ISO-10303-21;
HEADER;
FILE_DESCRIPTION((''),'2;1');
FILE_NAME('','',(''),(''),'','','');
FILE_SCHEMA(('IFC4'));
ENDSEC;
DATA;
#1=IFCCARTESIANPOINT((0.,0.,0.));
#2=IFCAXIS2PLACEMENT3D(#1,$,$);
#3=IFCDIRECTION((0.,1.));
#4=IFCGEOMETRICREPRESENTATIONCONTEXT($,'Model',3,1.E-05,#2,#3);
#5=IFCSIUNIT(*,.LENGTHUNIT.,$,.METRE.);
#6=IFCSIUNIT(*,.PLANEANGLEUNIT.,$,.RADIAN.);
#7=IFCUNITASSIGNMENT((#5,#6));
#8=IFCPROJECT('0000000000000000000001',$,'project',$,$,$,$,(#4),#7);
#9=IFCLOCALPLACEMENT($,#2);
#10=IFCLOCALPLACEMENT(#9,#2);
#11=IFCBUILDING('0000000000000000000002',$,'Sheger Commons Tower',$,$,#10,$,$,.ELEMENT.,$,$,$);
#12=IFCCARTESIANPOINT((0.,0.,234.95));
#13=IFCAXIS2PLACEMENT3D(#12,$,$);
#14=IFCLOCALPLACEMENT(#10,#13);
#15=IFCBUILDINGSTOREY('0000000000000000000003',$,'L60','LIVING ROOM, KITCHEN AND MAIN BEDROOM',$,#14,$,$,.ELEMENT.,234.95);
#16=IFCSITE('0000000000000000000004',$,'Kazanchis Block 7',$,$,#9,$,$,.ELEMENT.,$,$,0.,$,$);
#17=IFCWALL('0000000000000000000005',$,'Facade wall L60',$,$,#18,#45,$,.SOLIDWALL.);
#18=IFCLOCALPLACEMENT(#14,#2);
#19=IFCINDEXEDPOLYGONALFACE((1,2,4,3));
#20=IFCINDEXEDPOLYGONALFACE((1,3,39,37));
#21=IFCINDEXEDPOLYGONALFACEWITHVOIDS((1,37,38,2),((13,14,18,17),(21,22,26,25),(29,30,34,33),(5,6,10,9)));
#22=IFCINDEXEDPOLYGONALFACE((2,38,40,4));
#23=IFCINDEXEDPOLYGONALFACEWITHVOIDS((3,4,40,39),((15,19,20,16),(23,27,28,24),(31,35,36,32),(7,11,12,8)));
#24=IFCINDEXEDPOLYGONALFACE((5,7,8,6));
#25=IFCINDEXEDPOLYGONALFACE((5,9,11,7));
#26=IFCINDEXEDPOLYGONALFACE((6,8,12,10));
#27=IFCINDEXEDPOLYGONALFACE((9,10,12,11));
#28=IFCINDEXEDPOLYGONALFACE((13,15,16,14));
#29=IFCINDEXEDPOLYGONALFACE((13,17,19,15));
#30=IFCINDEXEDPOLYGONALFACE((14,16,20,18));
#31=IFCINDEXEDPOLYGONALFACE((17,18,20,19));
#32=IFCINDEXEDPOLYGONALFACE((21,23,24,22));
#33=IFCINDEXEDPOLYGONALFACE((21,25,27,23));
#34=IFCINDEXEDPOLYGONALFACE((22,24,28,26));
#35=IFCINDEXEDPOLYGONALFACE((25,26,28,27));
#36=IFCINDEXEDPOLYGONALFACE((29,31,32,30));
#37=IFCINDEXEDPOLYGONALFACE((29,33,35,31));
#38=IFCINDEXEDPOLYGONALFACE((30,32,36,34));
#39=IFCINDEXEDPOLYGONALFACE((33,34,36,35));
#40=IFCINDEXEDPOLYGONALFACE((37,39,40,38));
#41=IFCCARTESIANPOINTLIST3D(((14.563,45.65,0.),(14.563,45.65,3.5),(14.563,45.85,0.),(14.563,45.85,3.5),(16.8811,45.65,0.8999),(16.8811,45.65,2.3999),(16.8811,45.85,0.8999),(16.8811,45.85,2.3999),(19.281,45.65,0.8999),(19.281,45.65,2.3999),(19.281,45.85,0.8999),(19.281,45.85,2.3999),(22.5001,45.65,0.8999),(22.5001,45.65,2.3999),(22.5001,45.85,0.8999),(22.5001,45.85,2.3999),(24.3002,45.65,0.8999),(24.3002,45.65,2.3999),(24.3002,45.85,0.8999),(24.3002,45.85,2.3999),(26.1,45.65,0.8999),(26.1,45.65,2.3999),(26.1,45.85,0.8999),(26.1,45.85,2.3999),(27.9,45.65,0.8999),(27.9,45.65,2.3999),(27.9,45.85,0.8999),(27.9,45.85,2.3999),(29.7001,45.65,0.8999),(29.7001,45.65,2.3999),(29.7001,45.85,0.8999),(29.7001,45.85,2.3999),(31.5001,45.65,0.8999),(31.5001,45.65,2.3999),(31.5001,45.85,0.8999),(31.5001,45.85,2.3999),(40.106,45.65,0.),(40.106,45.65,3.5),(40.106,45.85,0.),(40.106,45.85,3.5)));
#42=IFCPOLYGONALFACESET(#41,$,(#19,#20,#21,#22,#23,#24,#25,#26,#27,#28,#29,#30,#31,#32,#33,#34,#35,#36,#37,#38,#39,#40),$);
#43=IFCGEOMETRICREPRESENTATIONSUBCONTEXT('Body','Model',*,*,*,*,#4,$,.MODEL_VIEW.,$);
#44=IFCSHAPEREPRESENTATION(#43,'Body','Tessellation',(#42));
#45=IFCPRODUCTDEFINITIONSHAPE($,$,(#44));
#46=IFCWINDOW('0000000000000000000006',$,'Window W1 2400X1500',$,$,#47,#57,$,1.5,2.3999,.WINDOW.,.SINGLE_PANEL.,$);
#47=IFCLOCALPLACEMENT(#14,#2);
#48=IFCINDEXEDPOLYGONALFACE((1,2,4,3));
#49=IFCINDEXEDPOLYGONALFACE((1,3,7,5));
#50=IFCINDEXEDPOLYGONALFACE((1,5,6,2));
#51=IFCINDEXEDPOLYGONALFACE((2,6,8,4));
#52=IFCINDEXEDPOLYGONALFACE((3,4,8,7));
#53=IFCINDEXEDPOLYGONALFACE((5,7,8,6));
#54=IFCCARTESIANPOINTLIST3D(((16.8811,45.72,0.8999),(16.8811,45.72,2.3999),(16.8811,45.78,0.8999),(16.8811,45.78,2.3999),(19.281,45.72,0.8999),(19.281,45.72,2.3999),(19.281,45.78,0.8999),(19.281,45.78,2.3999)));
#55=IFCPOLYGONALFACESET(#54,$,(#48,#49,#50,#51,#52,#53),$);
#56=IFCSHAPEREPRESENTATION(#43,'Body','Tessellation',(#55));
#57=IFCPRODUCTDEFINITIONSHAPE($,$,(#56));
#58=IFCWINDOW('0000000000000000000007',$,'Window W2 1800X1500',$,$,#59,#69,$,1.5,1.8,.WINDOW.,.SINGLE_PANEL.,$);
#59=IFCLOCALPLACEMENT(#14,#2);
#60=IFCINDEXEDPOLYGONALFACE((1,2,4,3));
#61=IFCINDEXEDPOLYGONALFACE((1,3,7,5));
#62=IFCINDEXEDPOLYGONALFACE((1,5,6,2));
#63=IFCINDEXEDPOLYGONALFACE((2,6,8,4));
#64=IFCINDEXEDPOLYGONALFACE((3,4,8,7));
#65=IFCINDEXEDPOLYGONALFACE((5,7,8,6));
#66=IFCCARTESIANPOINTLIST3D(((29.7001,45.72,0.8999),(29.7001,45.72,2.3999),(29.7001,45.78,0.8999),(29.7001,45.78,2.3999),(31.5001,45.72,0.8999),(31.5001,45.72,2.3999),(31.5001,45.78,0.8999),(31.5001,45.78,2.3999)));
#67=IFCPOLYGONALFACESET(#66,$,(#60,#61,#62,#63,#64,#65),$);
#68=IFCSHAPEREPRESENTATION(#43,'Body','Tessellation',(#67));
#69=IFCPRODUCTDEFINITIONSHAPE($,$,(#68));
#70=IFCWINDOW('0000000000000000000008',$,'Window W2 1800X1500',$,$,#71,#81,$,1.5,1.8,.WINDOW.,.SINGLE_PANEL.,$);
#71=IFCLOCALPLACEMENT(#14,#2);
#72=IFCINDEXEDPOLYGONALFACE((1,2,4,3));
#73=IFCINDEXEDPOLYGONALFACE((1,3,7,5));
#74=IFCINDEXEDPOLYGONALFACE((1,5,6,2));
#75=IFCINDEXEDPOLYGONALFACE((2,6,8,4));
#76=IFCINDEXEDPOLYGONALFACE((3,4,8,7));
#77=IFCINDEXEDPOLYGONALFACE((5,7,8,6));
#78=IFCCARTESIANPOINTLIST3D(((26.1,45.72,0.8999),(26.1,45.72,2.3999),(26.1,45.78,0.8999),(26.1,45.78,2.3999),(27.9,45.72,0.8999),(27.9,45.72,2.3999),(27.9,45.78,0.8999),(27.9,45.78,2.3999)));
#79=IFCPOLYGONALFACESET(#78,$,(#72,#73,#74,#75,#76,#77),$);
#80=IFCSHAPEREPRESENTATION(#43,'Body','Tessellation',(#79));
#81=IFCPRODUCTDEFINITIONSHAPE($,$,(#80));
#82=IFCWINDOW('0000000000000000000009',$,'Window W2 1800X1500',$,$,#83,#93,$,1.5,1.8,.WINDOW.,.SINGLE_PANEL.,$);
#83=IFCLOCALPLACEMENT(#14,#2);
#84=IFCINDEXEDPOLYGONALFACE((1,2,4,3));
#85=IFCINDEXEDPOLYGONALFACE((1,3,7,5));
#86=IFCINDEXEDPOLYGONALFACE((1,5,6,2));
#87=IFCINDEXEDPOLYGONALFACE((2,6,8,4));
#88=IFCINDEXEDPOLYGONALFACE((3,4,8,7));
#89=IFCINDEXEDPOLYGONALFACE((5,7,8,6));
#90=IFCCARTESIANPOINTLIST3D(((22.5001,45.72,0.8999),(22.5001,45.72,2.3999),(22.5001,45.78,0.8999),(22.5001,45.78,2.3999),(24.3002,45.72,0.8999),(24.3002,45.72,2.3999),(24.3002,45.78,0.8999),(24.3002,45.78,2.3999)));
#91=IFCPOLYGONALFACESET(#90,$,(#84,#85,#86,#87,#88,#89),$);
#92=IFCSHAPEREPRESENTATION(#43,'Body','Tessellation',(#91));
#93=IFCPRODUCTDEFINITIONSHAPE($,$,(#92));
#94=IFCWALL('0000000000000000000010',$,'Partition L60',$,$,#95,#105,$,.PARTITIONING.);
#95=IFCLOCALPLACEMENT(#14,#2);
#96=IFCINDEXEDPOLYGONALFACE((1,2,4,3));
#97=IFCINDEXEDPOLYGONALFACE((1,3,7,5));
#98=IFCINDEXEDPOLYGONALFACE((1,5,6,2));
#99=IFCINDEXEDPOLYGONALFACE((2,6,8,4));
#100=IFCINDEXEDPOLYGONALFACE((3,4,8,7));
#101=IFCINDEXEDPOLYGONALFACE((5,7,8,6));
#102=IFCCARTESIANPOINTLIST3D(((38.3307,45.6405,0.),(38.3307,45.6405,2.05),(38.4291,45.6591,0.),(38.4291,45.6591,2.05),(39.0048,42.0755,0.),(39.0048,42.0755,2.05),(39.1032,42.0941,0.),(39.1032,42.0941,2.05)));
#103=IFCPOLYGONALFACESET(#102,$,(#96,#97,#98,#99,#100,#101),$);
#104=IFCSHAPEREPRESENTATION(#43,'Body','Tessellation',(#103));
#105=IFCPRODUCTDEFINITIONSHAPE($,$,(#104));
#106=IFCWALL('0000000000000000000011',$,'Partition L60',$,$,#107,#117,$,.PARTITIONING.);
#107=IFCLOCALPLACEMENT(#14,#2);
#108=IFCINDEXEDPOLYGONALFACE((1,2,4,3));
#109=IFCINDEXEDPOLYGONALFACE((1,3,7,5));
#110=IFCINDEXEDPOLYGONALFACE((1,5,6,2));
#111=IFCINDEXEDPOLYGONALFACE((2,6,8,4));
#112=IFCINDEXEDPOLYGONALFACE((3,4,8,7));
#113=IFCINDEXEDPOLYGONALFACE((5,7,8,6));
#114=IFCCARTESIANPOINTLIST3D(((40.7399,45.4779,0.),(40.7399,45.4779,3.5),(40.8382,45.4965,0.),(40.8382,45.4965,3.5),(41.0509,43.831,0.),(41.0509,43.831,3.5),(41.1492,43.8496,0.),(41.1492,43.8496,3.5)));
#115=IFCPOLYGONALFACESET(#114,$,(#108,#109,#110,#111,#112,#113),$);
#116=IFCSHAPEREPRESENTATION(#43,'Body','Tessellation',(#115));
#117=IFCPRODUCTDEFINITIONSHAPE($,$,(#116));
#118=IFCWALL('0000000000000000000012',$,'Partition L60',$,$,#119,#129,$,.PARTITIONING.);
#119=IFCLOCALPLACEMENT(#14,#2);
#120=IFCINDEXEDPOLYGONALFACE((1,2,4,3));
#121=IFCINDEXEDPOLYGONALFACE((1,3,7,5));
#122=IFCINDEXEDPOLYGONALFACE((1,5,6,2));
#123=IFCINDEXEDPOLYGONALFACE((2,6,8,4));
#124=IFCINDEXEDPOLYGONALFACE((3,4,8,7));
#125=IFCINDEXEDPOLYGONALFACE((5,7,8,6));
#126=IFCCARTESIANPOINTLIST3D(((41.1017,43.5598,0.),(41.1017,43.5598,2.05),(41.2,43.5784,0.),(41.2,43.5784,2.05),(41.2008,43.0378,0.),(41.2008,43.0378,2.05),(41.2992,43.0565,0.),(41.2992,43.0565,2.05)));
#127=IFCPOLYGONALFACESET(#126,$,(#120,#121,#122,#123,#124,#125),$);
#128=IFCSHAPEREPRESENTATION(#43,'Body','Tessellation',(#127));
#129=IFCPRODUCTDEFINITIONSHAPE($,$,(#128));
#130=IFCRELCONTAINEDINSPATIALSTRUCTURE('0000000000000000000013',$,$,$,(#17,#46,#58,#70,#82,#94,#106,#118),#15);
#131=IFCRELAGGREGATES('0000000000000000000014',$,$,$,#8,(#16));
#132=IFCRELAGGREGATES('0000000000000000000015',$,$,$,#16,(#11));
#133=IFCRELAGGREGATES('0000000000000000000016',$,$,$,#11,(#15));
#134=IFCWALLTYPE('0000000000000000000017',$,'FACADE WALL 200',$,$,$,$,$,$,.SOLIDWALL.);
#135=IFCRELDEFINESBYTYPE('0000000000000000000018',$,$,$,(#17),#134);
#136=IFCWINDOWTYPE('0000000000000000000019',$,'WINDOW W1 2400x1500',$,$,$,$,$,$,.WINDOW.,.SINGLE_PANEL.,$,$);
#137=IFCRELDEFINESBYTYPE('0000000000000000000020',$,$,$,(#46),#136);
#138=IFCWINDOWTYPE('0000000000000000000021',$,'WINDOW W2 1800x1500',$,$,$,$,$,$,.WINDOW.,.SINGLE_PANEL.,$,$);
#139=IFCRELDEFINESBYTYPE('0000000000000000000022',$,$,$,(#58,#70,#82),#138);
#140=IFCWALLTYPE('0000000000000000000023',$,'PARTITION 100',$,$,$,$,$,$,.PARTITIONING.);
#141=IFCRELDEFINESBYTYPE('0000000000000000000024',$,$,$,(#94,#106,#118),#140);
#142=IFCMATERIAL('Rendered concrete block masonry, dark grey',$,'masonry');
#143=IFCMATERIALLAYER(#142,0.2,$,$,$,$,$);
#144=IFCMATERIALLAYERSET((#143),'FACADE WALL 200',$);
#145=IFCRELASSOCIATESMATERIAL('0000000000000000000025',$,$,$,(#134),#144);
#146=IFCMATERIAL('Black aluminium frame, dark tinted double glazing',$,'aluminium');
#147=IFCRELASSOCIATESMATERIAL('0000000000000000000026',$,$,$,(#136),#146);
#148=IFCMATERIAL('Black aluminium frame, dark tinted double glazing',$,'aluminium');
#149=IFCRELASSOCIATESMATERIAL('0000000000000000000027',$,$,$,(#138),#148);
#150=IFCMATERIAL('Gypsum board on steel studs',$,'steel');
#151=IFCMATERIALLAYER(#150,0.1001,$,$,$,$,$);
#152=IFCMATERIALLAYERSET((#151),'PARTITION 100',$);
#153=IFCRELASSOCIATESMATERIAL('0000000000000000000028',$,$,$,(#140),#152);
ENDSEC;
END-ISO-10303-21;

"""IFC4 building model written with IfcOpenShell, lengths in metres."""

from ifc_helpers import new_model, si_unit, direction, frame, frame_2d, origin, place, context, subcontext, project, spatial, rectangle, extrude, material, layer, layer_set, type_object, element, fill, save


model = new_model("IFC4")

# Units and contexts
model_context = context("Model", 3, precision=1e-05, world=origin(), true_north=direction((0.0, 1.0)))
body_context = subcontext(model_context, "Body", "Model", "MODEL_VIEW")
ifc_project = project(units=[si_unit("LENGTHUNIT", "METRE"), si_unit("PLANEANGLEUNIT", "RADIAN")], contexts=[model_context])

# Site, building, storey
site_placement = place(None, origin())
site = spatial("IfcSite", under=ifc_project, at=site_placement, Name="Kazanchis Block 7", CompositionType="ELEMENT", RefElevation=0.0)
building_placement = place(site_placement, origin())
building = spatial("IfcBuilding", under=site, at=building_placement, Name="Sheger Commons Tower", CompositionType="ELEMENT")
storey_placement = place(building_placement, frame((0.0, 0.0, 234.95)))
storey = spatial("IfcBuildingStorey", under=building, at=storey_placement, Name="L60", Description="LIVING ROOM, KITCHEN AND MAIN BEDROOM", CompositionType="ELEMENT", Elevation=234.95)

# Shared definitions
ifc_material_1 = material(Name="Rendered concrete block masonry, dark grey", Category="masonry")
ifc_layer_1 = layer(ifc_material_1, 0.2)
ifc_layer_set_1 = layer_set([ifc_layer_1], Name="FACADE WALL 200")
wall_type_1 = type_object("IfcWallType", Name="FACADE WALL 200", PredefinedType="SOLIDWALL", material=ifc_layer_set_1)

# Wall, openings, windows
wall_1_placement = place(storey_placement, frame((40.106, 45.75, 0.0), z_axis=(0.0, 0.0, 1.0), x_axis=(-1.0, 0.0, 0.0)))
wall_1 = element("IfcWall", 1, at=wall_1_placement, inside=storey, type_object=wall_type_1, Name="Facade wall L60", PredefinedType="SOLIDWALL", context=body_context, shape_type="SweptSolid", body=[
    extrude(rectangle(XDim=25.543, YDim=0.2, at=frame_2d((12.7715, 0.0))), origin(), (0.0, 0.0, 1.0), 3.5),
])
opening_1_placement = place(wall_1_placement, frame((8.606, 0.0, 0.8999)))
opening_1 = element("IfcOpeningElement", 2, at=opening_1_placement, cuts=wall_1, PredefinedType="OPENING", context=body_context, shape_type="SweptSolid", body=[
    extrude(rectangle(XDim=1.8, YDim=1.5, at=frame_2d((0.8999, 0.75))), frame((0.0, 0.1099, 0.0), z_axis=(0.0, -1.0, 0.0), x_axis=(1.0, 0.0, 0.0)), (0.0, 0.0, 1.0), 0.22),
])
opening_2_placement = place(wall_1_placement, frame((12.2061, 0.0, 0.8999)))
opening_2 = element("IfcOpeningElement", 3, at=opening_2_placement, cuts=wall_1, PredefinedType="OPENING", context=body_context, shape_type="SweptSolid", body=[
    extrude(rectangle(XDim=1.8, YDim=1.5, at=frame_2d((0.8999, 0.75))), frame((0.0, 0.1099, 0.0), z_axis=(0.0, -1.0, 0.0), x_axis=(1.0, 0.0, 0.0)), (0.0, 0.0, 1.0), 0.22),
])
opening_3_placement = place(wall_1_placement, frame((15.8059, 0.0, 0.8999)))
opening_3 = element("IfcOpeningElement", 4, at=opening_3_placement, cuts=wall_1, PredefinedType="OPENING", context=body_context, shape_type="SweptSolid", body=[
    extrude(rectangle(XDim=1.8, YDim=1.5, at=frame_2d((0.8999, 0.75))), frame((0.0, 0.1099, 0.0), z_axis=(0.0, -1.0, 0.0), x_axis=(1.0, 0.0, 0.0)), (0.0, 0.0, 1.0), 0.22),
])
opening_4_placement = place(wall_1_placement, frame((20.825, 0.0, 0.8999)))
opening_4 = element("IfcOpeningElement", 5, at=opening_4_placement, cuts=wall_1, PredefinedType="OPENING", context=body_context, shape_type="SweptSolid", body=[
    extrude(rectangle(XDim=2.3999, YDim=1.5, at=frame_2d((1.2, 0.75))), frame((0.0, 0.1099, 0.0), z_axis=(0.0, -1.0, 0.0), x_axis=(1.0, 0.0, 0.0)), (0.0, 0.0, 1.0), 0.22),
])
ifc_material_2 = material(Name="Black aluminium frame, dark tinted double glazing", Category="aluminium")
window_type_1 = type_object("IfcWindowType", Name="WINDOW W1 2400x1500", PartitioningType="SINGLE_PANEL", PredefinedType="WINDOW", material=ifc_material_2)
window_1_placement = place(opening_4_placement, origin())
window_1 = element("IfcWindow", 6, at=window_1_placement, inside=storey, type_object=window_type_1, Name="Window W1 2400X1500", OverallHeight=1.5, OverallWidth=2.3999, PartitioningType="SINGLE_PANEL", PredefinedType="WINDOW", context=body_context, shape_type="SweptSolid", body=[
    extrude(rectangle(XDim=2.3999, YDim=1.5, at=frame_2d((1.2, 0.75))), frame((0.0, 0.03, 0.0), z_axis=(0.0, -1.0, 0.0), x_axis=(1.0, 0.0, 0.0)), (0.0, 0.0, 1.0), 0.0601),
])
fill(opening_4, window_1)
ifc_material_3 = material(Name="Black aluminium frame, dark tinted double glazing", Category="aluminium")
window_type_2 = type_object("IfcWindowType", Name="WINDOW W2 1800x1500", PartitioningType="SINGLE_PANEL", PredefinedType="WINDOW", material=ifc_material_3)
window_2_placement = place(opening_1_placement, origin())
window_2 = element("IfcWindow", 7, at=window_2_placement, inside=storey, type_object=window_type_2, Name="Window W2 1800X1500", OverallHeight=1.5, OverallWidth=1.8, PartitioningType="SINGLE_PANEL", PredefinedType="WINDOW", context=body_context, shape_type="SweptSolid", body=[
    extrude(rectangle(XDim=1.8, YDim=1.5, at=frame_2d((0.8999, 0.75))), frame((0.0, 0.03, 0.0), z_axis=(0.0, -1.0, 0.0), x_axis=(1.0, 0.0, 0.0)), (0.0, 0.0, 1.0), 0.0601),
])
fill(opening_1, window_2)
window_3_placement = place(opening_2_placement, origin())
window_3 = element("IfcWindow", 8, at=window_3_placement, inside=storey, type_object=window_type_2, Name="Window W2 1800X1500", OverallHeight=1.5, OverallWidth=1.8, PartitioningType="SINGLE_PANEL", PredefinedType="WINDOW", context=body_context, shape_type="SweptSolid", body=[
    extrude(rectangle(XDim=1.8, YDim=1.5, at=frame_2d((0.8999, 0.75))), frame((0.0, 0.03, 0.0), z_axis=(0.0, -1.0, 0.0), x_axis=(1.0, 0.0, 0.0)), (0.0, 0.0, 1.0), 0.0601),
])
fill(opening_2, window_3)
window_4_placement = place(opening_3_placement, origin())
window_4 = element("IfcWindow", 9, at=window_4_placement, inside=storey, type_object=window_type_2, Name="Window W2 1800X1500", OverallHeight=1.5, OverallWidth=1.8, PartitioningType="SINGLE_PANEL", PredefinedType="WINDOW", context=body_context, shape_type="SweptSolid", body=[
    extrude(rectangle(XDim=1.8, YDim=1.5, at=frame_2d((0.8999, 0.75))), frame((0.0, 0.03, 0.0), z_axis=(0.0, -1.0, 0.0), x_axis=(1.0, 0.0, 0.0)), (0.0, 0.0, 1.0), 0.0601),
])
fill(opening_3, window_4)

# Walls
ifc_material_4 = material(Name="Gypsum board on steel studs", Category="steel")
ifc_layer_2 = layer(ifc_material_4, 0.1001)
ifc_layer_set_2 = layer_set([ifc_layer_2], Name="PARTITION 100")
wall_type_2 = type_object("IfcWallType", Name="PARTITION 100", PredefinedType="PARTITIONING", material=ifc_layer_set_2)
wall_2_placement = place(storey_placement, frame((39.054, 42.085, 0.0), z_axis=(0.0, 0.0, 1.0), x_axis=(-0.185792, 0.982589, 0.0)))
element("IfcWall", 10, at=wall_2_placement, inside=storey, type_object=wall_type_2, Name="Partition L60", PredefinedType="PARTITIONING", context=body_context, shape_type="SweptSolid", body=[
    extrude(rectangle(XDim=3.6282, YDim=0.1001, at=frame_2d((1.814, 0.0))), origin(), (0.0, 0.0, 1.0), 2.05),
])
wall_3_placement = place(storey_placement, frame((40.7891, 45.4871, 0.0), z_axis=(0.0, 0.0, 1.0), x_axis=(0.185572, -0.982631, 0.0)))
element("IfcWall", 11, at=wall_3_placement, inside=storey, type_object=wall_type_2, Name="Partition L60", PredefinedType="PARTITIONING", context=body_context, shape_type="SweptSolid", body=[
    extrude(rectangle(XDim=1.676, YDim=0.1001, at=frame_2d((0.8379, 0.0))), origin(), (0.0, 0.0, 1.0), 3.5),
])
wall_4_placement = place(storey_placement, frame((41.1509, 43.5691, 0.0), z_axis=(0.0, 0.0, 1.0), x_axis=(0.186563, -0.982443, 0.0)))
element("IfcWall", 12, at=wall_4_placement, inside=storey, type_object=wall_type_2, Name="Partition L60", PredefinedType="PARTITIONING", context=body_context, shape_type="SweptSolid", body=[
    extrude(rectangle(XDim=0.5312, YDim=0.1001, at=frame_2d((0.2656, 0.0))), origin(), (0.0, 0.0, 1.0), 2.05),
])

save(model, "model.ifc")
